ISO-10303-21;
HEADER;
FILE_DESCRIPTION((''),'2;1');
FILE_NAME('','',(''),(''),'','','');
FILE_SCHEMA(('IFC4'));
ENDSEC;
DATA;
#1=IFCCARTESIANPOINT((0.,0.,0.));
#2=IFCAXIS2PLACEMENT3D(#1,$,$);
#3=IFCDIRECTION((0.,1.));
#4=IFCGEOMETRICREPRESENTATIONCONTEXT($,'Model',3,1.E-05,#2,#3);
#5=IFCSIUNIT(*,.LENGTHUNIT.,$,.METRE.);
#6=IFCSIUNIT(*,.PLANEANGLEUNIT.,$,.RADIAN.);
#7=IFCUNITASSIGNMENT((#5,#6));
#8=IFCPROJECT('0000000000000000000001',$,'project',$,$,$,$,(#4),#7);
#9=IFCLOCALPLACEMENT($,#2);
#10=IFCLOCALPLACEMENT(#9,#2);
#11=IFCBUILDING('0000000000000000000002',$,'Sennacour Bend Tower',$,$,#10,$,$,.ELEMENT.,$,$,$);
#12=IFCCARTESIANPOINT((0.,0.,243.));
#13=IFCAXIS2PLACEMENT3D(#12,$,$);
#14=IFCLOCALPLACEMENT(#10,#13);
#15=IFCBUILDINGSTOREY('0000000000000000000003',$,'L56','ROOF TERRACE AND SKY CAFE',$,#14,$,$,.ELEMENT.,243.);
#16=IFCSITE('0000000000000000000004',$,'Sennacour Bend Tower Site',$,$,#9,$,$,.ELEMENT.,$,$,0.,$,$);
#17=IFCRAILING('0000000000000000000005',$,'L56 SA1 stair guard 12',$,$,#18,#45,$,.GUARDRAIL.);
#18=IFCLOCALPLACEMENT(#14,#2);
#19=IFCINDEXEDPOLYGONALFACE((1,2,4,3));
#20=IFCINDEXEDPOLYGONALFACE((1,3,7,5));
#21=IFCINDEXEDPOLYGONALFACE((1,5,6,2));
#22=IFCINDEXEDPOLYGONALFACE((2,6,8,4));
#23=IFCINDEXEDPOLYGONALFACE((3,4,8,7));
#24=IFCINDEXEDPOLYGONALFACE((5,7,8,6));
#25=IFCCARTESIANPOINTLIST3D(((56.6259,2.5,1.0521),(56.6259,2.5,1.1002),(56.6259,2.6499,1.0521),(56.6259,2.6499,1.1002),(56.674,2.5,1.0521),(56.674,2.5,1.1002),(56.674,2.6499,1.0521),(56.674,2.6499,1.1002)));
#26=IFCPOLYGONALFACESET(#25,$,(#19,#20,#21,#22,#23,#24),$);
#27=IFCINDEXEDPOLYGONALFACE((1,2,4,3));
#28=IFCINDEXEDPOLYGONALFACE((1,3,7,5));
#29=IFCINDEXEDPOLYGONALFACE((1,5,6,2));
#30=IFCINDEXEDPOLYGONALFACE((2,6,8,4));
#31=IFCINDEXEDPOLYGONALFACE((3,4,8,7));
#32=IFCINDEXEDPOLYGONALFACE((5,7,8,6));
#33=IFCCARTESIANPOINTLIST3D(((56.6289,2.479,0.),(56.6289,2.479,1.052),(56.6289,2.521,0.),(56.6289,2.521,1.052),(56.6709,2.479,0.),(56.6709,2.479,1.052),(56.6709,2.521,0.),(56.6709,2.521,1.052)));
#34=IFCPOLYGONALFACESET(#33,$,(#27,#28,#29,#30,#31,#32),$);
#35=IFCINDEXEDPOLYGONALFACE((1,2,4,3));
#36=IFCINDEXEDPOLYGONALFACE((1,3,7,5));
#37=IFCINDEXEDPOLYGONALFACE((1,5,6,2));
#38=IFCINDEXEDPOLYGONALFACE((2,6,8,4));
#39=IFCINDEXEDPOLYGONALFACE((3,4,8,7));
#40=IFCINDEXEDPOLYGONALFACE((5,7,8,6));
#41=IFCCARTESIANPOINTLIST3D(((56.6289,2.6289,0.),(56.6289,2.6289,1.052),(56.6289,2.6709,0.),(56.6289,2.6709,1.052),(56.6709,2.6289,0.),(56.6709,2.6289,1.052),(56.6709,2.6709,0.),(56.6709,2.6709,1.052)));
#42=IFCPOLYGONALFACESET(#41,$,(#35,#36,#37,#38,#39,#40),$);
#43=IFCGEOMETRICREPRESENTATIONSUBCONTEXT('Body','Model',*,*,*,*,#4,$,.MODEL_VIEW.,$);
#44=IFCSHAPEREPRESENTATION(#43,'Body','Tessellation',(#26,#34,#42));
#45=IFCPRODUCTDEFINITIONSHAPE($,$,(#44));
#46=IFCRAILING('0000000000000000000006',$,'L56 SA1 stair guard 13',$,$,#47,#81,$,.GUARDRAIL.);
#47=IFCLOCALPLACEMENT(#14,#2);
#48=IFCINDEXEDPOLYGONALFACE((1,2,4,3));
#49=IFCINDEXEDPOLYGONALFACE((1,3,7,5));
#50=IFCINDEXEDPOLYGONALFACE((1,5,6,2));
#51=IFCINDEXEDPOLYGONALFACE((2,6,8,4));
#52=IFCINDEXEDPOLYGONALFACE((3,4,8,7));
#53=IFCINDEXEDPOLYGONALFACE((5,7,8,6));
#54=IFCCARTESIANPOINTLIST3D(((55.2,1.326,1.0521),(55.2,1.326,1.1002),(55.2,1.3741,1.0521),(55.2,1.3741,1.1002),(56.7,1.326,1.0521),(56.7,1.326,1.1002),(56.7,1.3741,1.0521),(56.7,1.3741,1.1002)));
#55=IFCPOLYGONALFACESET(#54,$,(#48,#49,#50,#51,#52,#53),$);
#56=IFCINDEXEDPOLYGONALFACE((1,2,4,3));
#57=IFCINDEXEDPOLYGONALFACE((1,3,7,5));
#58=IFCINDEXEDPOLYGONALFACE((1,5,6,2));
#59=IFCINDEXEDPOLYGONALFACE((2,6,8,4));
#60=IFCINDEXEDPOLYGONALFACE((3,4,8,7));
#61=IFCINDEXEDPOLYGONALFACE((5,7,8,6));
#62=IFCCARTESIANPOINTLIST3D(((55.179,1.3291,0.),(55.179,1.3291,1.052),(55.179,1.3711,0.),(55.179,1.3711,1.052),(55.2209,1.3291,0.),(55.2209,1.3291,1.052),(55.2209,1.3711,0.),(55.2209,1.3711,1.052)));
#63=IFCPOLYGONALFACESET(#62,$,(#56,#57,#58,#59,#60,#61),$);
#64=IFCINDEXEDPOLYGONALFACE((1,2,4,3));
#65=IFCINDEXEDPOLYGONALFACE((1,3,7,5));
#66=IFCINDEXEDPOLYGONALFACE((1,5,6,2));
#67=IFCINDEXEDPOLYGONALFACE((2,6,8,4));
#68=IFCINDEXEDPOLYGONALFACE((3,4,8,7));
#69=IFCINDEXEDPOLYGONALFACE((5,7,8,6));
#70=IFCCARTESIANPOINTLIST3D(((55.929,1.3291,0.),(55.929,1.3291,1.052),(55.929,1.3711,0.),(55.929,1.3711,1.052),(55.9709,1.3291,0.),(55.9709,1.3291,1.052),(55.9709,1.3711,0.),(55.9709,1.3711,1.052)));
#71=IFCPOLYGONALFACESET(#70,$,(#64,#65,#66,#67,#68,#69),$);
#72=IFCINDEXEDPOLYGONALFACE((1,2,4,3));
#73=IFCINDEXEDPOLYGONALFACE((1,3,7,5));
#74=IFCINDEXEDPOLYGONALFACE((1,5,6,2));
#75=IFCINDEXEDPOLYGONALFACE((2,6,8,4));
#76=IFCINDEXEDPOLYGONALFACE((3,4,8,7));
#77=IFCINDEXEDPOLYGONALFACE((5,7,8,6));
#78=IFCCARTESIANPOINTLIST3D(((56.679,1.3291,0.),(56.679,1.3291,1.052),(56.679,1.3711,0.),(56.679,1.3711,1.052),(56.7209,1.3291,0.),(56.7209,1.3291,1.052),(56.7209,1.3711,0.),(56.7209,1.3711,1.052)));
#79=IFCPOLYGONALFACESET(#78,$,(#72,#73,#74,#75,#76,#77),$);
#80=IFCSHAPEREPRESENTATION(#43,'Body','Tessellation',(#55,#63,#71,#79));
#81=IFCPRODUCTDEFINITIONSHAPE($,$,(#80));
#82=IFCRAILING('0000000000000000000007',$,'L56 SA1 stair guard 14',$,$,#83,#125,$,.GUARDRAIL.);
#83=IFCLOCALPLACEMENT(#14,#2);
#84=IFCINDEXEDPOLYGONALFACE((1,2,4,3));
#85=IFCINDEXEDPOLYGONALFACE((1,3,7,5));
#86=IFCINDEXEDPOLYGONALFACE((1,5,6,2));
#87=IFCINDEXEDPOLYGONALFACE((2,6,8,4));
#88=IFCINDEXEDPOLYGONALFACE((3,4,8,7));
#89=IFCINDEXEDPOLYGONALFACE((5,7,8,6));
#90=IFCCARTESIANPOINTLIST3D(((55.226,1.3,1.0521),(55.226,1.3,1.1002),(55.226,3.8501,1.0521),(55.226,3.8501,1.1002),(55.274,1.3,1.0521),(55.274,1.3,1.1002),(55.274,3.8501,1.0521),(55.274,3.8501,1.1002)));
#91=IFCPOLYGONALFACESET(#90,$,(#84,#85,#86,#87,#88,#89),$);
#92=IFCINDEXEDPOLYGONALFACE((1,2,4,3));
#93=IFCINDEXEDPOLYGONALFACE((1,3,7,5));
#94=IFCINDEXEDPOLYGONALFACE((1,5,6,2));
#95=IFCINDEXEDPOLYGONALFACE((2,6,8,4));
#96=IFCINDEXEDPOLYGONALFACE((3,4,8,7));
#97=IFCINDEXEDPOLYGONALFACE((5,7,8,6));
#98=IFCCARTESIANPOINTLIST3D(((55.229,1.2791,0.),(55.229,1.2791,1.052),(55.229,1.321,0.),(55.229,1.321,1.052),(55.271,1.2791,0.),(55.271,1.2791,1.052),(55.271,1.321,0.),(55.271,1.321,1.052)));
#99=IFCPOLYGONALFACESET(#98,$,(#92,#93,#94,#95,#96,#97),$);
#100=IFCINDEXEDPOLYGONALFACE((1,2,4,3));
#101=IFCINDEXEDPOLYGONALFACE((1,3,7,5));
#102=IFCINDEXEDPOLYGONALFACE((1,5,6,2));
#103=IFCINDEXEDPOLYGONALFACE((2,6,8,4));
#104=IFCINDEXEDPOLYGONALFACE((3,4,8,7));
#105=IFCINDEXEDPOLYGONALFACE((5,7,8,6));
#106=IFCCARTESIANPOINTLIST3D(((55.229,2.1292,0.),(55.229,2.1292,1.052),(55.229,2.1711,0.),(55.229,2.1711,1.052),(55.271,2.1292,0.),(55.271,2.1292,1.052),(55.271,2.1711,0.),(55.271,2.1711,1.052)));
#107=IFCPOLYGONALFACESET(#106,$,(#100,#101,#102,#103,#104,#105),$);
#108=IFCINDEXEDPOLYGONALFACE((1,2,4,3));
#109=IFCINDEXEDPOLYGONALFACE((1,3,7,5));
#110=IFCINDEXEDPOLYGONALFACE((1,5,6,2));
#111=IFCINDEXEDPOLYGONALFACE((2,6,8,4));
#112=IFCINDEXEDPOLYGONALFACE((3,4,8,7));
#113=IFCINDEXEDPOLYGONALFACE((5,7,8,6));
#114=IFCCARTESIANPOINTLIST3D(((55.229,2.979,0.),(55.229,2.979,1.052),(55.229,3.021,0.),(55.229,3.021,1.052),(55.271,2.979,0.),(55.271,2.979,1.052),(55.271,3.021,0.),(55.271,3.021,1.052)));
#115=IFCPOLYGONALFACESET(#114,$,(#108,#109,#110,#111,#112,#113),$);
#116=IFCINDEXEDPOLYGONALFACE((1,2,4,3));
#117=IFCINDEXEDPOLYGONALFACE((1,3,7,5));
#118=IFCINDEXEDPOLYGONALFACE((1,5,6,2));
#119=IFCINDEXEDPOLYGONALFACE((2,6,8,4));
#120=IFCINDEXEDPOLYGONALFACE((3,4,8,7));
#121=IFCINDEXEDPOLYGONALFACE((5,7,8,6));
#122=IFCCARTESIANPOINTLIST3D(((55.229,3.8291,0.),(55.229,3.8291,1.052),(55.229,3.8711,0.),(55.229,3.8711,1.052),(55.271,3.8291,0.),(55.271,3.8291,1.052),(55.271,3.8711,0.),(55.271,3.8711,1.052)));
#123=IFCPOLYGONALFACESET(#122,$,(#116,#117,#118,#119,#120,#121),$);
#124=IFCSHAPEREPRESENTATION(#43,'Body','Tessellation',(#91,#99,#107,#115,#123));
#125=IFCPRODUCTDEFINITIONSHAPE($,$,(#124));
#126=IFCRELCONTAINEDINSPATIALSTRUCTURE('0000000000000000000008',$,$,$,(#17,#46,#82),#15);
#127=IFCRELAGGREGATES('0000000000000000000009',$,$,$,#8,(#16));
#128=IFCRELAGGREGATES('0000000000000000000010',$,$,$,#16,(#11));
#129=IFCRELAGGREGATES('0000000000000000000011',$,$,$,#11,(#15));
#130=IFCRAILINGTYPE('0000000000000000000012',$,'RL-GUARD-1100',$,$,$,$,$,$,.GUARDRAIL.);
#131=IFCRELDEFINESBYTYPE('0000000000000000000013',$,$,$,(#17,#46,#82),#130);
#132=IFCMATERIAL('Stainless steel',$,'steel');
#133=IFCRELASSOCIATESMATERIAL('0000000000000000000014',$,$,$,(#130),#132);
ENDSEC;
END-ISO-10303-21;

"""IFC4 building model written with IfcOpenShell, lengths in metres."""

from ifc_helpers import new_model, si_unit, direction, frame, origin, origin_2d, place, context, subcontext, project, spatial, rectangle, extrude, material, type_object, element, save


model = new_model("IFC4")

# Units and contexts
model_context = context("Model", 3, precision=1e-05, world=origin(), true_north=direction((0.0, 1.0)))
body_context = subcontext(model_context, "Body", "Model", "MODEL_VIEW")
ifc_project = project(units=[si_unit("LENGTHUNIT", "METRE"), si_unit("PLANEANGLEUNIT", "RADIAN")], contexts=[model_context])

# Site, building, storey
site_placement = place(None, origin())
site = spatial("IfcSite", under=ifc_project, at=site_placement, Name="Sennacour Bend Tower Site", CompositionType="ELEMENT", RefElevation=0.0)
building_placement = place(site_placement, origin())
building = spatial("IfcBuilding", under=site, at=building_placement, Name="Sennacour Bend Tower", CompositionType="ELEMENT")
storey_placement = place(building_placement, frame((0.0, 0.0, 243.0)))
storey = spatial("IfcBuildingStorey", under=building, at=storey_placement, Name="L56", Description="ROOF TERRACE AND SKY CAFE", CompositionType="ELEMENT", Elevation=243.0)

# Railings
ifc_material_1 = material(Name="Stainless steel", Category="steel")
railing_type = type_object("IfcRailingType", Name="RL-GUARD-1100", PredefinedType="GUARDRAIL", material=ifc_material_1)
railing_1_placement = place(storey_placement, frame((56.6499, 2.5, 0.0)))
element("IfcRailing", 1, at=railing_1_placement, inside=storey, type_object=railing_type, Name="L56 SA1 stair guard 12", PredefinedType="GUARDRAIL", context=body_context, shape_type="SweptSolid", body=[
    extrude(rectangle(XDim=0.0481, YDim=0.0481, at=origin_2d()), frame((0.0, 0.0, 1.0762), z_axis=(0.0, 1.0, 0.0), x_axis=(-1.0, 0.0, 0.0)), (0.0, 0.0, 1.0), 0.1499),
    extrude(rectangle(XDim=0.042, YDim=0.042, at=origin_2d()), origin(), (0.0, 0.0, 1.0), 1.052),
    extrude(rectangle(XDim=0.042, YDim=0.042, at=origin_2d()), frame((0.0, 0.1499, 0.0)), (0.0, 0.0, 1.0), 1.052),
])
railing_2_placement = place(storey_placement, frame((55.2, 1.3501, 0.0)))
element("IfcRailing", 2, at=railing_2_placement, inside=storey, type_object=railing_type, Name="L56 SA1 stair guard 13", PredefinedType="GUARDRAIL", context=body_context, shape_type="SweptSolid", body=[
    extrude(rectangle(XDim=0.0481, YDim=0.0481, at=origin_2d()), frame((0.0, 0.0, 1.0762), z_axis=(1.0, 0.0, 0.0), x_axis=(0.0, 1.0, 0.0)), (0.0, 0.0, 1.0), 1.5),
    extrude(rectangle(XDim=0.042, YDim=0.042, at=origin_2d()), origin(), (0.0, 0.0, 1.0), 1.052),
    extrude(rectangle(XDim=0.042, YDim=0.042, at=origin_2d()), frame((0.75, 0.0, 0.0)), (0.0, 0.0, 1.0), 1.052),
    extrude(rectangle(XDim=0.042, YDim=0.042, at=origin_2d()), frame((1.5, 0.0, 0.0)), (0.0, 0.0, 1.0), 1.052),
])
railing_3_placement = place(storey_placement, frame((55.25, 1.3, 0.0)))
element("IfcRailing", 3, at=railing_3_placement, inside=storey, type_object=railing_type, Name="L56 SA1 stair guard 14", PredefinedType="GUARDRAIL", context=body_context, shape_type="SweptSolid", body=[
    extrude(rectangle(XDim=0.0481, YDim=0.0481, at=origin_2d()), frame((0.0, 0.0, 1.0762), z_axis=(0.0, 1.0, 0.0), x_axis=(-1.0, 0.0, 0.0)), (0.0, 0.0, 1.0), 2.55),
    extrude(rectangle(XDim=0.042, YDim=0.042, at=origin_2d()), origin(), (0.0, 0.0, 1.0), 1.052),
    extrude(rectangle(XDim=0.042, YDim=0.042, at=origin_2d()), frame((0.0, 0.8501, 0.0)), (0.0, 0.0, 1.0), 1.052),
    extrude(rectangle(XDim=0.042, YDim=0.042, at=origin_2d()), frame((0.0, 1.7, 0.0)), (0.0, 0.0, 1.0), 1.052),
    extrude(rectangle(XDim=0.042, YDim=0.042, at=origin_2d()), frame((0.0, 2.55, 0.0)), (0.0, 0.0, 1.0), 1.052),
])

save(model, "model.ifc")
